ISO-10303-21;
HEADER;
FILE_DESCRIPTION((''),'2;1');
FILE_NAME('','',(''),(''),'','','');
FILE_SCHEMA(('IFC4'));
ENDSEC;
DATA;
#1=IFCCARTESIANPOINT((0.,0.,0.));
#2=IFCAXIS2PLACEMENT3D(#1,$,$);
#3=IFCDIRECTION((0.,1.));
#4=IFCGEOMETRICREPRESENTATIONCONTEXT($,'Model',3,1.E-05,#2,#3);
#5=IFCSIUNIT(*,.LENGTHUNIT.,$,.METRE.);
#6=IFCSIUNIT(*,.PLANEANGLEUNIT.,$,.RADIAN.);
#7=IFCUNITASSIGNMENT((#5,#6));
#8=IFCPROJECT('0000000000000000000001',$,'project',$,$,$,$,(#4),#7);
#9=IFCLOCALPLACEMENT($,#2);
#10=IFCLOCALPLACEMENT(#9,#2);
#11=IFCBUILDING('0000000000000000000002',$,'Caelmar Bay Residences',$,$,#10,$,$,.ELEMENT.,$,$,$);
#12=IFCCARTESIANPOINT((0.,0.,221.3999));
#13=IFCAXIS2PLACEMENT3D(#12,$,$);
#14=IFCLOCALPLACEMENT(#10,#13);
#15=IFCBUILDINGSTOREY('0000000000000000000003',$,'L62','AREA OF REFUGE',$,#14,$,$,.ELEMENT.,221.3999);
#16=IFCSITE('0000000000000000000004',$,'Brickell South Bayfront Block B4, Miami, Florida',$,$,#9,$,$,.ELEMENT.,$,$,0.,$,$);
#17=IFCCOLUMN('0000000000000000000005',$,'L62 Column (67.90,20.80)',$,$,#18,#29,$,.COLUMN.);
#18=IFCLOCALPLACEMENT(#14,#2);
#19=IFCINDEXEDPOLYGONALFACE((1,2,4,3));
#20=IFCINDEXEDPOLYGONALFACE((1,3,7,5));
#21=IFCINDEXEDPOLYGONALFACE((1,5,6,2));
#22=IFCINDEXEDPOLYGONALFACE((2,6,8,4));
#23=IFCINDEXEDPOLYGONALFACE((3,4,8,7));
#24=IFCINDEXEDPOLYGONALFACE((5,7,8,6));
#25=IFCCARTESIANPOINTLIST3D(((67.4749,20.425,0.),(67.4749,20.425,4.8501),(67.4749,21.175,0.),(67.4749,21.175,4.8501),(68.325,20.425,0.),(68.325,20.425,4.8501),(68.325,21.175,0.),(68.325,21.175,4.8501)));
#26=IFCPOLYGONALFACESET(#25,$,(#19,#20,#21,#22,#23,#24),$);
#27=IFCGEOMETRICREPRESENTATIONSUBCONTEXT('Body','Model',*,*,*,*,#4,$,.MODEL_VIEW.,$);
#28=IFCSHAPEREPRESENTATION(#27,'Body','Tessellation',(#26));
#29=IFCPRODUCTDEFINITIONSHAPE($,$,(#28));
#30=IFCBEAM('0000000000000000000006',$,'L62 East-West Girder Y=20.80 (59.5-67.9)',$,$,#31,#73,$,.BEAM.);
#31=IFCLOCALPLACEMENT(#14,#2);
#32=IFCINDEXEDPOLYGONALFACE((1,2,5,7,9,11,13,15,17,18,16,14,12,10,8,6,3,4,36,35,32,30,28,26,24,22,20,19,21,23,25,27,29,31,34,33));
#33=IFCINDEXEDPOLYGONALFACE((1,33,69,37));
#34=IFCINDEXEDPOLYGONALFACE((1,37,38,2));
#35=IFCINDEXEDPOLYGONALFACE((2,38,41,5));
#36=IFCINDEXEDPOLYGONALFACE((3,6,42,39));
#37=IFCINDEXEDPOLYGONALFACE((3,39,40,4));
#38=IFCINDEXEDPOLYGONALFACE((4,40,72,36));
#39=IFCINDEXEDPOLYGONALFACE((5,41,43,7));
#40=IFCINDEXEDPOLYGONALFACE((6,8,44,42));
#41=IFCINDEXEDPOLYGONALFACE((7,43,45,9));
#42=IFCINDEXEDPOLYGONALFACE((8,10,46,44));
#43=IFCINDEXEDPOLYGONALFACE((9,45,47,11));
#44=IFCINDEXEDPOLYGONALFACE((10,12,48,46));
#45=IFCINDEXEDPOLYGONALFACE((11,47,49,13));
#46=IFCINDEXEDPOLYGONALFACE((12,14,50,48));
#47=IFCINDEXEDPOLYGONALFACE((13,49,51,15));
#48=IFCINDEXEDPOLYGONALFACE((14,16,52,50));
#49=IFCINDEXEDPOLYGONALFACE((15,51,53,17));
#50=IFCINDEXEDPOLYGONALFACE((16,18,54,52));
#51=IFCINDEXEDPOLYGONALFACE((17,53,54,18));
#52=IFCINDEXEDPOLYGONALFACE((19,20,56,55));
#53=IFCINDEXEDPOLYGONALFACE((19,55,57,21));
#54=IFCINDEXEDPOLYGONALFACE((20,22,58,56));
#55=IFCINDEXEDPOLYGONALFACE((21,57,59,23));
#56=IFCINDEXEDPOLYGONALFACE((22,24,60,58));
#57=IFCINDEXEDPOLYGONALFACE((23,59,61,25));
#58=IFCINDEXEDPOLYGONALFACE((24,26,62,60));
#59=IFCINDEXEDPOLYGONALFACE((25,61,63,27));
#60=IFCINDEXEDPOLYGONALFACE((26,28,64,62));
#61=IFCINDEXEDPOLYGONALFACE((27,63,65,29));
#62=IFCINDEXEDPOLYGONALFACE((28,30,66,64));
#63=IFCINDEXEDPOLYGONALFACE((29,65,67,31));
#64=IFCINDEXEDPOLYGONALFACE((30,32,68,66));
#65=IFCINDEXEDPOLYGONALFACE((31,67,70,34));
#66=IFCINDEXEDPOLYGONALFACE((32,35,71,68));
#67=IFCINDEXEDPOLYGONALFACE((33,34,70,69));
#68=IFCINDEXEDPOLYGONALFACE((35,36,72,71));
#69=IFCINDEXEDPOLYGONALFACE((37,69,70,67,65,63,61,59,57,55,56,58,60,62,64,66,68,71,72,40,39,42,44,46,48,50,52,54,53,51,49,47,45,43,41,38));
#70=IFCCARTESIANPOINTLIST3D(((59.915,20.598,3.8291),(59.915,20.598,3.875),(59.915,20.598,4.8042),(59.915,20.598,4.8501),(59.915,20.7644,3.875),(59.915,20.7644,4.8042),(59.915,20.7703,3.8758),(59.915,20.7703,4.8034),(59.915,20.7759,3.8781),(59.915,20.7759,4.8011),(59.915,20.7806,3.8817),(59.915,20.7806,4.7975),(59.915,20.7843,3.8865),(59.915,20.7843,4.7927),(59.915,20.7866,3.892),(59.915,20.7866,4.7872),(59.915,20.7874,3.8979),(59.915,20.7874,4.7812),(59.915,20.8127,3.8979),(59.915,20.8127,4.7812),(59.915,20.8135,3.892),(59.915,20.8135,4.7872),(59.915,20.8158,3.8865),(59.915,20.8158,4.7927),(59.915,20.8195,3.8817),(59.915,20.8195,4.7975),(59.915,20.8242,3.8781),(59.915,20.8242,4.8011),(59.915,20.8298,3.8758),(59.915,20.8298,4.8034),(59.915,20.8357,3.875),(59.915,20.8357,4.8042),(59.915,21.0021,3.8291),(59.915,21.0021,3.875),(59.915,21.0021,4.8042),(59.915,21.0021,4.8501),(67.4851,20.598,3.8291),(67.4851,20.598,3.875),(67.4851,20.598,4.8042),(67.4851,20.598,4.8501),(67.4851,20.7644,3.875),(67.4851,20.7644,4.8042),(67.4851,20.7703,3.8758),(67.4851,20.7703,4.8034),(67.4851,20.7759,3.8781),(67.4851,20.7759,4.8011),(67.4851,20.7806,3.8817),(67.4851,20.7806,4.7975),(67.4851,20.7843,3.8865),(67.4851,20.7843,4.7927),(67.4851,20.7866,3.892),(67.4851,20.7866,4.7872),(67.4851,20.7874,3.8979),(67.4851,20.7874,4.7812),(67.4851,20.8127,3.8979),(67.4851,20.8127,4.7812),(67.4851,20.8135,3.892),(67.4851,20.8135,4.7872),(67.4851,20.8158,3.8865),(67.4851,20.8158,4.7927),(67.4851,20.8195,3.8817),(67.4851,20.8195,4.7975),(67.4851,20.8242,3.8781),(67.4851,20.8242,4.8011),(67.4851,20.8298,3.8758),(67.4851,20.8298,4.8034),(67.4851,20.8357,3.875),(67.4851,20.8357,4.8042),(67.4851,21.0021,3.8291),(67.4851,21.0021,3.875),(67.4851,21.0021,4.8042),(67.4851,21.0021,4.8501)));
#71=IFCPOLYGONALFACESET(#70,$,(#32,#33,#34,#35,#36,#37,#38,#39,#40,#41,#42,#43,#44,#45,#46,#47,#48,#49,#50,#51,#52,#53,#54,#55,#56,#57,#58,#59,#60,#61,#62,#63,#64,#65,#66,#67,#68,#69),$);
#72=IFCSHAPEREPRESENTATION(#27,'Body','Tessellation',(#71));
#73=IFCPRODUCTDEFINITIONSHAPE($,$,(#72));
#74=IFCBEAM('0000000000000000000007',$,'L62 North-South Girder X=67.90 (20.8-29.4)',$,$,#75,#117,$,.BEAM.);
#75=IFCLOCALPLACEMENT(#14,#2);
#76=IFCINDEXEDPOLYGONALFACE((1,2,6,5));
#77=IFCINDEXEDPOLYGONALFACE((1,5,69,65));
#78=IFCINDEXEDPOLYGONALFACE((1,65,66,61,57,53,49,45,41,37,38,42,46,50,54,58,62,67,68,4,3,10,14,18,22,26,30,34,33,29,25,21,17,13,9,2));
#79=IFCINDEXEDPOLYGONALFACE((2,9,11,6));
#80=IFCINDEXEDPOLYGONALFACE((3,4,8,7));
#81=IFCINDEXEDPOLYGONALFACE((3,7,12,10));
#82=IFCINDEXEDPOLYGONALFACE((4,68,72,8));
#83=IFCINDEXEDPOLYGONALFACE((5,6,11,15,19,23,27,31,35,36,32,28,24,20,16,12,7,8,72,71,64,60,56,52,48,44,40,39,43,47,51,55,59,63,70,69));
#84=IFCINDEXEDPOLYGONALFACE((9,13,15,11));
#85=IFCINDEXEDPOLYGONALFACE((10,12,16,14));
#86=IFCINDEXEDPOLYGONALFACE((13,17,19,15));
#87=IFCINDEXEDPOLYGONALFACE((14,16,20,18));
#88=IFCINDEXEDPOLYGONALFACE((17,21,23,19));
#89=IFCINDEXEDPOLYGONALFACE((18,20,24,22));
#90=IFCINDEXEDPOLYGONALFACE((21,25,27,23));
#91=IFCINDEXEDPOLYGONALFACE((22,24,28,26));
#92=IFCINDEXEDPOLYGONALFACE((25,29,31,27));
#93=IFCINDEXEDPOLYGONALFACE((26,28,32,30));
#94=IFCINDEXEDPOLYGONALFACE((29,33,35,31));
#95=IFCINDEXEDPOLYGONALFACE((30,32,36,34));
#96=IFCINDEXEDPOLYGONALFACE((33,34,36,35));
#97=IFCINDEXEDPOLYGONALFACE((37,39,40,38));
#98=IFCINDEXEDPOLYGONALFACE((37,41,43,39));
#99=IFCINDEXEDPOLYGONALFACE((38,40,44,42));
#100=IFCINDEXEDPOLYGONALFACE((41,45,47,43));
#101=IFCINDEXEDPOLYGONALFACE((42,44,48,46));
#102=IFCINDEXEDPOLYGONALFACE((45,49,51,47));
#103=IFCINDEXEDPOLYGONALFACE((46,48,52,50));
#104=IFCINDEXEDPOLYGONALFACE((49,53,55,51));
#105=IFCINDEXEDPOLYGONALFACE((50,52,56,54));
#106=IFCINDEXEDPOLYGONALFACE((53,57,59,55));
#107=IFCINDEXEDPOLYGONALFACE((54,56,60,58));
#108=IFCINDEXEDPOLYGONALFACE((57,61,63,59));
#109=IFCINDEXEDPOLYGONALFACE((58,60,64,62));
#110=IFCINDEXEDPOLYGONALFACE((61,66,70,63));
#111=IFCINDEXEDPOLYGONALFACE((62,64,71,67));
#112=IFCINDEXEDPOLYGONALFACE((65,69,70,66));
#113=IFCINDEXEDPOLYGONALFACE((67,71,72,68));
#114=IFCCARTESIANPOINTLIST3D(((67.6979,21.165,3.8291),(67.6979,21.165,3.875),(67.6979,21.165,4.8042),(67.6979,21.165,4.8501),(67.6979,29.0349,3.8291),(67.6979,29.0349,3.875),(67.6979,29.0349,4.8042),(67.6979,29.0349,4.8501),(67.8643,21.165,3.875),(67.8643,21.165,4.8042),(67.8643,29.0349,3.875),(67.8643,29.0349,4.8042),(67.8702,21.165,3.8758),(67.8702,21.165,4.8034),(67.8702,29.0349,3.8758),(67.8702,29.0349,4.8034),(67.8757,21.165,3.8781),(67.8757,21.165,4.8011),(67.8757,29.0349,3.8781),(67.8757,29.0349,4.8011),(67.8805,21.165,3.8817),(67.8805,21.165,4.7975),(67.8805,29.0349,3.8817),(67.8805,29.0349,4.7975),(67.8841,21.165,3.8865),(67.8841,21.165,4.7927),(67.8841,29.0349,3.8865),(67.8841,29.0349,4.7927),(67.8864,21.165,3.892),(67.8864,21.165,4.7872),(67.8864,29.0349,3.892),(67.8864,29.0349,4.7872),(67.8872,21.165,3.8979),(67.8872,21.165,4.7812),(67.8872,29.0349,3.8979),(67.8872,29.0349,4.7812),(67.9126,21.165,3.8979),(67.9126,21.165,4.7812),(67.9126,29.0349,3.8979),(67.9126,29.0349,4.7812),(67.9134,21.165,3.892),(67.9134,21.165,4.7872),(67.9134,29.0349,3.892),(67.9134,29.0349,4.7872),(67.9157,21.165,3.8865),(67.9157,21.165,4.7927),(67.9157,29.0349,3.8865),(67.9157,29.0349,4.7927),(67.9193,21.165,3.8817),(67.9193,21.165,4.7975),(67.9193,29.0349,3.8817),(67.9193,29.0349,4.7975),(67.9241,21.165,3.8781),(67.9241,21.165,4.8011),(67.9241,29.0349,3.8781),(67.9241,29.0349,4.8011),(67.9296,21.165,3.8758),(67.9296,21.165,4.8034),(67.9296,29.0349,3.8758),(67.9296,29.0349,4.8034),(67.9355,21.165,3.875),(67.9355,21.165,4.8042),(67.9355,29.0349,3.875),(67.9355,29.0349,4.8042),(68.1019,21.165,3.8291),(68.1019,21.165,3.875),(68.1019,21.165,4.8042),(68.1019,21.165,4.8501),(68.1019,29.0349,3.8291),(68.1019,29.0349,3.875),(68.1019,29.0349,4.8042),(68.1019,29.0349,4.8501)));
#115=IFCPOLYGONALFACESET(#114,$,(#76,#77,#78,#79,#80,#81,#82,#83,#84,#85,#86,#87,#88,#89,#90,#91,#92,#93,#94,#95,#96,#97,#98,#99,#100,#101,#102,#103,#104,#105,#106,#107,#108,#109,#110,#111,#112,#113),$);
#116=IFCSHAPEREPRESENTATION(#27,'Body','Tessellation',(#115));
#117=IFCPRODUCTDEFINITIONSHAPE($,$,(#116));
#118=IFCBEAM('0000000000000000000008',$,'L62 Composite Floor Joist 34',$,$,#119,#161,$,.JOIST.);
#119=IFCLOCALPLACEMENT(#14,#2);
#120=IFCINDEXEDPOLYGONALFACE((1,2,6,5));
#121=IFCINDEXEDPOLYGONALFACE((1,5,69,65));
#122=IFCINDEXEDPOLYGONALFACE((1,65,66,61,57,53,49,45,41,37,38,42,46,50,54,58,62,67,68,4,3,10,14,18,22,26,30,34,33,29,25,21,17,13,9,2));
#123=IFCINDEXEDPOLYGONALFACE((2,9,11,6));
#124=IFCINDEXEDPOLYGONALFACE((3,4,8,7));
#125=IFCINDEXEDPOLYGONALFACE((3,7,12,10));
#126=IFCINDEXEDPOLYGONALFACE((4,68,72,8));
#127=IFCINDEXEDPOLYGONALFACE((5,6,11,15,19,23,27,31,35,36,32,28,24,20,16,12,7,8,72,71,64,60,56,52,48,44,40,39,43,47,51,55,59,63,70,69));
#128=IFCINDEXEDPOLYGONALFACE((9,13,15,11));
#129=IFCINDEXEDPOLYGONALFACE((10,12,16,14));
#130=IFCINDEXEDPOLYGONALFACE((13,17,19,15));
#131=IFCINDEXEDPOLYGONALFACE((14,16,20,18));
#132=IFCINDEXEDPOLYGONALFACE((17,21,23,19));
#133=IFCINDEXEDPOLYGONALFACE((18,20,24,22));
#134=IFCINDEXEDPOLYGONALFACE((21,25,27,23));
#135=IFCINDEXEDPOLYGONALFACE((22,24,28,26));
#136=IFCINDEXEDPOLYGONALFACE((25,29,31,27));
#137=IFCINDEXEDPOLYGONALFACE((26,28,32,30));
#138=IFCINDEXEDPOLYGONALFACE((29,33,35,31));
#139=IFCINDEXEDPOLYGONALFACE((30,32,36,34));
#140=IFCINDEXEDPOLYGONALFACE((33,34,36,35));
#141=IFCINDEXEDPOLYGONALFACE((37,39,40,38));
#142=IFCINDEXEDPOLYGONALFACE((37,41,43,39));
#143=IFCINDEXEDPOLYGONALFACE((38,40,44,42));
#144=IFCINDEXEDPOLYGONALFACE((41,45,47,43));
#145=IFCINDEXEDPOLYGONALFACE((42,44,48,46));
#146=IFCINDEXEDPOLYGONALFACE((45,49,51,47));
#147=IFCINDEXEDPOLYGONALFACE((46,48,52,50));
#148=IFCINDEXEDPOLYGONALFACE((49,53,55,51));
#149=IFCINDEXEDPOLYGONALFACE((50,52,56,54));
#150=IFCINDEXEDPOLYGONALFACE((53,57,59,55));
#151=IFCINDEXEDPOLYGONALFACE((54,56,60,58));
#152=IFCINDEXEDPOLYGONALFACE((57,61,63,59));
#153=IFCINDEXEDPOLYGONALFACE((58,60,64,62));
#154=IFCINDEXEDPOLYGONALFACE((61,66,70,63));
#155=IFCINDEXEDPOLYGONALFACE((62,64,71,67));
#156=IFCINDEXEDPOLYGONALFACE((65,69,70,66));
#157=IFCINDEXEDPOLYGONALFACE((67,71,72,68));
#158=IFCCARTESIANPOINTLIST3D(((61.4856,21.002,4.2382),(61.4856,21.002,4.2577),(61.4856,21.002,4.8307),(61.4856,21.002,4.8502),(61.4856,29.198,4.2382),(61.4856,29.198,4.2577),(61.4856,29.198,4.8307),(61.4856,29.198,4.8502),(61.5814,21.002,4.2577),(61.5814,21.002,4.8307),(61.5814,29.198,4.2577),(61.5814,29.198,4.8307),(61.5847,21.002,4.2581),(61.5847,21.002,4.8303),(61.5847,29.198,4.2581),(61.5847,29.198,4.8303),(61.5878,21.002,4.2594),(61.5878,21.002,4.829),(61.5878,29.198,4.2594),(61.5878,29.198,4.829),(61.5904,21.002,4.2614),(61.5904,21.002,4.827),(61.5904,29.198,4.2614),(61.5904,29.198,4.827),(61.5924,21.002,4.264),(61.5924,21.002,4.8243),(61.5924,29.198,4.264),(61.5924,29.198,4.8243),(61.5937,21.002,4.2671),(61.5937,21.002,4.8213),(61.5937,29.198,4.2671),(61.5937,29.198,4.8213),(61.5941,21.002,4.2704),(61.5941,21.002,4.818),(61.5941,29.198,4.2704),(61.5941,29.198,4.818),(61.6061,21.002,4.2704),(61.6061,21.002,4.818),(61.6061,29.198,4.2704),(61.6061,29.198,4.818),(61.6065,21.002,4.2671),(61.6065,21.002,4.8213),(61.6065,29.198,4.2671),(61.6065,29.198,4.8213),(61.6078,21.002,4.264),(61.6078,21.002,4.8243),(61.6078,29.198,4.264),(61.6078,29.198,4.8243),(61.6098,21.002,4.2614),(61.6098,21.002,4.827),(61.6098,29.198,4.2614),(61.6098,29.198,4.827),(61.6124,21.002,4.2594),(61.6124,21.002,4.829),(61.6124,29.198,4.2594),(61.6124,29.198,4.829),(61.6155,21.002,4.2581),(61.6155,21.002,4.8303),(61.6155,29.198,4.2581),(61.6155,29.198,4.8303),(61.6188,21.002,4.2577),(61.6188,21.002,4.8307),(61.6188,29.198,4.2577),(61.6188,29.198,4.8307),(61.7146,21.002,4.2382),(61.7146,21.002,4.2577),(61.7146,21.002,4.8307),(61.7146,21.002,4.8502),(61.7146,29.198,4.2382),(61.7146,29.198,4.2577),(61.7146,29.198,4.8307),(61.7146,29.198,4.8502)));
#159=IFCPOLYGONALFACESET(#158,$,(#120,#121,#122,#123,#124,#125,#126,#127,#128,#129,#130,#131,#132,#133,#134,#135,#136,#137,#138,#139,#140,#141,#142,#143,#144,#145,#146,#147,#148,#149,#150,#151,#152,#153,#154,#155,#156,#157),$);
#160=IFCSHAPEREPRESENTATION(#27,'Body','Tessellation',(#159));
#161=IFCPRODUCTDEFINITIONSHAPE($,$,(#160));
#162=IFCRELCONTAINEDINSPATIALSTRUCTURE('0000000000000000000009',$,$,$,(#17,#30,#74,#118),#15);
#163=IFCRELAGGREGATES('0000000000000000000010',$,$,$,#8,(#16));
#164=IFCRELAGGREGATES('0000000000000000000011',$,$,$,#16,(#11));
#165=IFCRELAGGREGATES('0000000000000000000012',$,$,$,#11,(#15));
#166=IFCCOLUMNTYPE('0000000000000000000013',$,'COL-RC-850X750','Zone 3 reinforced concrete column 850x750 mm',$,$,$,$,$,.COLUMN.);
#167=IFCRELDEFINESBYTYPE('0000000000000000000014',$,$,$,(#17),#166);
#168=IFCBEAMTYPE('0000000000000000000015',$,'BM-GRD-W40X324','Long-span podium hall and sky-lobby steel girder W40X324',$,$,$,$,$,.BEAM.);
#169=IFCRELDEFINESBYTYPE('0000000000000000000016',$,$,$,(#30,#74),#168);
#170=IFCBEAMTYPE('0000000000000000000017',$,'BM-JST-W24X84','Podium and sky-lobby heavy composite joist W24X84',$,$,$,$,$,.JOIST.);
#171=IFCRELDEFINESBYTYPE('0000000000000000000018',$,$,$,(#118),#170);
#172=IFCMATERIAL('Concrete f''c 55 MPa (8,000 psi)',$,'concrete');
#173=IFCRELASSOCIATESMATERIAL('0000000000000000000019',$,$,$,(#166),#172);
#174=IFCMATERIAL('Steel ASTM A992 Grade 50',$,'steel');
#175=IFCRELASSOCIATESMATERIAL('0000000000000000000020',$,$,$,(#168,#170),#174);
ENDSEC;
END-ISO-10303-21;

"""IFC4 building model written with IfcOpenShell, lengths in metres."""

from ifc_helpers import new_model, si_unit, direction, frame, origin, origin_2d, place, context, subcontext, project, spatial, rectangle, i_section, extrude, material, material_profile, profile_set, type_object, element, save


model = new_model("IFC4")

# Units and contexts
model_context = context("Model", 3, precision=1e-05, world=origin(), true_north=direction((0.0, 1.0)))
body_context = subcontext(model_context, "Body", "Model", "MODEL_VIEW")
ifc_project = project(units=[si_unit("LENGTHUNIT", "METRE"), si_unit("PLANEANGLEUNIT", "RADIAN")], contexts=[model_context])

# Site, building, storey
site_placement = place(None, origin())
site = spatial("IfcSite", under=ifc_project, at=site_placement, Name="Brickell South Bayfront Block B4, Miami, Florida", CompositionType="ELEMENT", RefElevation=0.0)
building_placement = place(site_placement, origin())
building = spatial("IfcBuilding", under=site, at=building_placement, Name="Caelmar Bay Residences", CompositionType="ELEMENT")
storey_placement = place(building_placement, frame((0.0, 0.0, 221.3999)))
storey = spatial("IfcBuildingStorey", under=building, at=storey_placement, Name="L62", Description="AREA OF REFUGE", CompositionType="ELEMENT", Elevation=221.3999)

# Column
ifc_material_1 = material(Name="Concrete f'c 55 MPa (8,000 psi)", Category="concrete")
ifc_material_profile_1 = material_profile(ifc_material_1, rectangle(XDim=0.8501, YDim=0.75, at=origin_2d()), Name="RC-COL-850X750")
ifc_profile_set_1 = profile_set([ifc_material_profile_1], Name="Concrete f'c 55 MPa (8,000 psi)")
column_type = type_object("IfcColumnType", Name="COL-RC-850X750", Description="Zone 3 reinforced concrete column 850x750 mm", PredefinedType="COLUMN", material=ifc_profile_set_1)
column_placement = place(storey_placement, frame((67.8999, 20.8, 0.0), z_axis=(0.0, 0.0, 1.0), x_axis=(1.0, 0.0, 0.0)))
element("IfcColumn", 1, at=column_placement, inside=storey, type_object=column_type, Name="L62 Column (67.90,20.80)", PredefinedType="COLUMN", context=body_context, shape_type="SweptSolid", body=[
    extrude(rectangle(XDim=0.8501, YDim=0.75, at=origin_2d()), origin(), (0.0, 0.0, 1.0), 4.8501),
])

# Beams
ifc_material_2 = material(Name="Steel ASTM A992 Grade 50", Category="steel")
ifc_material_profile_2 = material_profile(ifc_material_2, i_section(OverallWidth=0.4041, OverallDepth=1.021, WebThickness=0.0254, FlangeThickness=0.0459, FilletRadius=0.0229, at=origin_2d()), Name="W40X324")
ifc_profile_set_2 = profile_set([ifc_material_profile_2], Name="Steel ASTM A992 Grade 50")
beam_type_1 = type_object("IfcBeamType", Name="BM-GRD-W40X324", Description="Long-span podium hall and sky-lobby steel girder W40X324", PredefinedType="BEAM", material=ifc_profile_set_2)
beam_1_placement = place(storey_placement, frame((59.915, 20.8, 4.3396), z_axis=(1.0, 0.0, 0.0), x_axis=(0.0, 1.0, 0.0)))
element("IfcBeam", 2, at=beam_1_placement, inside=storey, type_object=beam_type_1, Name="L62 East-West Girder Y=20.80 (59.5-67.9)", PredefinedType="BEAM", context=body_context, shape_type="SweptSolid", body=[
    extrude(i_section(OverallWidth=0.4041, OverallDepth=1.021, WebThickness=0.0254, FlangeThickness=0.0459, FilletRadius=0.0229, at=origin_2d()), origin(), (0.0, 0.0, 1.0), 7.5701),
])
beam_2_placement = place(storey_placement, frame((67.8999, 21.165, 4.3396), z_axis=(0.0, 1.0, 0.0), x_axis=(-1.0, 0.0, 0.0)))
element("IfcBeam", 3, at=beam_2_placement, inside=storey, type_object=beam_type_1, Name="L62 North-South Girder X=67.90 (20.8-29.4)", PredefinedType="BEAM", context=body_context, shape_type="SweptSolid", body=[
    extrude(i_section(OverallWidth=0.4041, OverallDepth=1.021, WebThickness=0.0254, FlangeThickness=0.0459, FilletRadius=0.0229, at=origin_2d()), origin(), (0.0, 0.0, 1.0), 7.8699),
])
ifc_material_profile_3 = material_profile(ifc_material_2, i_section(OverallWidth=0.229, OverallDepth=0.6121, WebThickness=0.012, FlangeThickness=0.0195, FilletRadius=0.0127, at=origin_2d()), Name="W24X84")
ifc_profile_set_3 = profile_set([ifc_material_profile_3], Name="Steel ASTM A992 Grade 50")
beam_type_2 = type_object("IfcBeamType", Name="BM-JST-W24X84", Description="Podium and sky-lobby heavy composite joist W24X84", PredefinedType="JOIST", material=ifc_profile_set_3)
for number, where, z_axis, x_axis, name in (
    (4, (61.6001, 21.002, 4.5442), (0.0, 1.0, 0.0), (-1.0, 0.0, 0.0), "L62 Composite Floor Joist 34"),
):
    element("IfcBeam", number, at=place(storey_placement, frame(where, z_axis=z_axis, x_axis=x_axis)), inside=storey, type_object=beam_type_2, Name=name, PredefinedType="JOIST", context=body_context, shape_type="SweptSolid", body=[
        extrude(i_section(OverallWidth=0.229, OverallDepth=0.6121, WebThickness=0.012, FlangeThickness=0.0195, FilletRadius=0.0127, at=origin_2d()), origin(), (0.0, 0.0, 1.0), 8.196),
    ])

save(model, "model.ifc")
